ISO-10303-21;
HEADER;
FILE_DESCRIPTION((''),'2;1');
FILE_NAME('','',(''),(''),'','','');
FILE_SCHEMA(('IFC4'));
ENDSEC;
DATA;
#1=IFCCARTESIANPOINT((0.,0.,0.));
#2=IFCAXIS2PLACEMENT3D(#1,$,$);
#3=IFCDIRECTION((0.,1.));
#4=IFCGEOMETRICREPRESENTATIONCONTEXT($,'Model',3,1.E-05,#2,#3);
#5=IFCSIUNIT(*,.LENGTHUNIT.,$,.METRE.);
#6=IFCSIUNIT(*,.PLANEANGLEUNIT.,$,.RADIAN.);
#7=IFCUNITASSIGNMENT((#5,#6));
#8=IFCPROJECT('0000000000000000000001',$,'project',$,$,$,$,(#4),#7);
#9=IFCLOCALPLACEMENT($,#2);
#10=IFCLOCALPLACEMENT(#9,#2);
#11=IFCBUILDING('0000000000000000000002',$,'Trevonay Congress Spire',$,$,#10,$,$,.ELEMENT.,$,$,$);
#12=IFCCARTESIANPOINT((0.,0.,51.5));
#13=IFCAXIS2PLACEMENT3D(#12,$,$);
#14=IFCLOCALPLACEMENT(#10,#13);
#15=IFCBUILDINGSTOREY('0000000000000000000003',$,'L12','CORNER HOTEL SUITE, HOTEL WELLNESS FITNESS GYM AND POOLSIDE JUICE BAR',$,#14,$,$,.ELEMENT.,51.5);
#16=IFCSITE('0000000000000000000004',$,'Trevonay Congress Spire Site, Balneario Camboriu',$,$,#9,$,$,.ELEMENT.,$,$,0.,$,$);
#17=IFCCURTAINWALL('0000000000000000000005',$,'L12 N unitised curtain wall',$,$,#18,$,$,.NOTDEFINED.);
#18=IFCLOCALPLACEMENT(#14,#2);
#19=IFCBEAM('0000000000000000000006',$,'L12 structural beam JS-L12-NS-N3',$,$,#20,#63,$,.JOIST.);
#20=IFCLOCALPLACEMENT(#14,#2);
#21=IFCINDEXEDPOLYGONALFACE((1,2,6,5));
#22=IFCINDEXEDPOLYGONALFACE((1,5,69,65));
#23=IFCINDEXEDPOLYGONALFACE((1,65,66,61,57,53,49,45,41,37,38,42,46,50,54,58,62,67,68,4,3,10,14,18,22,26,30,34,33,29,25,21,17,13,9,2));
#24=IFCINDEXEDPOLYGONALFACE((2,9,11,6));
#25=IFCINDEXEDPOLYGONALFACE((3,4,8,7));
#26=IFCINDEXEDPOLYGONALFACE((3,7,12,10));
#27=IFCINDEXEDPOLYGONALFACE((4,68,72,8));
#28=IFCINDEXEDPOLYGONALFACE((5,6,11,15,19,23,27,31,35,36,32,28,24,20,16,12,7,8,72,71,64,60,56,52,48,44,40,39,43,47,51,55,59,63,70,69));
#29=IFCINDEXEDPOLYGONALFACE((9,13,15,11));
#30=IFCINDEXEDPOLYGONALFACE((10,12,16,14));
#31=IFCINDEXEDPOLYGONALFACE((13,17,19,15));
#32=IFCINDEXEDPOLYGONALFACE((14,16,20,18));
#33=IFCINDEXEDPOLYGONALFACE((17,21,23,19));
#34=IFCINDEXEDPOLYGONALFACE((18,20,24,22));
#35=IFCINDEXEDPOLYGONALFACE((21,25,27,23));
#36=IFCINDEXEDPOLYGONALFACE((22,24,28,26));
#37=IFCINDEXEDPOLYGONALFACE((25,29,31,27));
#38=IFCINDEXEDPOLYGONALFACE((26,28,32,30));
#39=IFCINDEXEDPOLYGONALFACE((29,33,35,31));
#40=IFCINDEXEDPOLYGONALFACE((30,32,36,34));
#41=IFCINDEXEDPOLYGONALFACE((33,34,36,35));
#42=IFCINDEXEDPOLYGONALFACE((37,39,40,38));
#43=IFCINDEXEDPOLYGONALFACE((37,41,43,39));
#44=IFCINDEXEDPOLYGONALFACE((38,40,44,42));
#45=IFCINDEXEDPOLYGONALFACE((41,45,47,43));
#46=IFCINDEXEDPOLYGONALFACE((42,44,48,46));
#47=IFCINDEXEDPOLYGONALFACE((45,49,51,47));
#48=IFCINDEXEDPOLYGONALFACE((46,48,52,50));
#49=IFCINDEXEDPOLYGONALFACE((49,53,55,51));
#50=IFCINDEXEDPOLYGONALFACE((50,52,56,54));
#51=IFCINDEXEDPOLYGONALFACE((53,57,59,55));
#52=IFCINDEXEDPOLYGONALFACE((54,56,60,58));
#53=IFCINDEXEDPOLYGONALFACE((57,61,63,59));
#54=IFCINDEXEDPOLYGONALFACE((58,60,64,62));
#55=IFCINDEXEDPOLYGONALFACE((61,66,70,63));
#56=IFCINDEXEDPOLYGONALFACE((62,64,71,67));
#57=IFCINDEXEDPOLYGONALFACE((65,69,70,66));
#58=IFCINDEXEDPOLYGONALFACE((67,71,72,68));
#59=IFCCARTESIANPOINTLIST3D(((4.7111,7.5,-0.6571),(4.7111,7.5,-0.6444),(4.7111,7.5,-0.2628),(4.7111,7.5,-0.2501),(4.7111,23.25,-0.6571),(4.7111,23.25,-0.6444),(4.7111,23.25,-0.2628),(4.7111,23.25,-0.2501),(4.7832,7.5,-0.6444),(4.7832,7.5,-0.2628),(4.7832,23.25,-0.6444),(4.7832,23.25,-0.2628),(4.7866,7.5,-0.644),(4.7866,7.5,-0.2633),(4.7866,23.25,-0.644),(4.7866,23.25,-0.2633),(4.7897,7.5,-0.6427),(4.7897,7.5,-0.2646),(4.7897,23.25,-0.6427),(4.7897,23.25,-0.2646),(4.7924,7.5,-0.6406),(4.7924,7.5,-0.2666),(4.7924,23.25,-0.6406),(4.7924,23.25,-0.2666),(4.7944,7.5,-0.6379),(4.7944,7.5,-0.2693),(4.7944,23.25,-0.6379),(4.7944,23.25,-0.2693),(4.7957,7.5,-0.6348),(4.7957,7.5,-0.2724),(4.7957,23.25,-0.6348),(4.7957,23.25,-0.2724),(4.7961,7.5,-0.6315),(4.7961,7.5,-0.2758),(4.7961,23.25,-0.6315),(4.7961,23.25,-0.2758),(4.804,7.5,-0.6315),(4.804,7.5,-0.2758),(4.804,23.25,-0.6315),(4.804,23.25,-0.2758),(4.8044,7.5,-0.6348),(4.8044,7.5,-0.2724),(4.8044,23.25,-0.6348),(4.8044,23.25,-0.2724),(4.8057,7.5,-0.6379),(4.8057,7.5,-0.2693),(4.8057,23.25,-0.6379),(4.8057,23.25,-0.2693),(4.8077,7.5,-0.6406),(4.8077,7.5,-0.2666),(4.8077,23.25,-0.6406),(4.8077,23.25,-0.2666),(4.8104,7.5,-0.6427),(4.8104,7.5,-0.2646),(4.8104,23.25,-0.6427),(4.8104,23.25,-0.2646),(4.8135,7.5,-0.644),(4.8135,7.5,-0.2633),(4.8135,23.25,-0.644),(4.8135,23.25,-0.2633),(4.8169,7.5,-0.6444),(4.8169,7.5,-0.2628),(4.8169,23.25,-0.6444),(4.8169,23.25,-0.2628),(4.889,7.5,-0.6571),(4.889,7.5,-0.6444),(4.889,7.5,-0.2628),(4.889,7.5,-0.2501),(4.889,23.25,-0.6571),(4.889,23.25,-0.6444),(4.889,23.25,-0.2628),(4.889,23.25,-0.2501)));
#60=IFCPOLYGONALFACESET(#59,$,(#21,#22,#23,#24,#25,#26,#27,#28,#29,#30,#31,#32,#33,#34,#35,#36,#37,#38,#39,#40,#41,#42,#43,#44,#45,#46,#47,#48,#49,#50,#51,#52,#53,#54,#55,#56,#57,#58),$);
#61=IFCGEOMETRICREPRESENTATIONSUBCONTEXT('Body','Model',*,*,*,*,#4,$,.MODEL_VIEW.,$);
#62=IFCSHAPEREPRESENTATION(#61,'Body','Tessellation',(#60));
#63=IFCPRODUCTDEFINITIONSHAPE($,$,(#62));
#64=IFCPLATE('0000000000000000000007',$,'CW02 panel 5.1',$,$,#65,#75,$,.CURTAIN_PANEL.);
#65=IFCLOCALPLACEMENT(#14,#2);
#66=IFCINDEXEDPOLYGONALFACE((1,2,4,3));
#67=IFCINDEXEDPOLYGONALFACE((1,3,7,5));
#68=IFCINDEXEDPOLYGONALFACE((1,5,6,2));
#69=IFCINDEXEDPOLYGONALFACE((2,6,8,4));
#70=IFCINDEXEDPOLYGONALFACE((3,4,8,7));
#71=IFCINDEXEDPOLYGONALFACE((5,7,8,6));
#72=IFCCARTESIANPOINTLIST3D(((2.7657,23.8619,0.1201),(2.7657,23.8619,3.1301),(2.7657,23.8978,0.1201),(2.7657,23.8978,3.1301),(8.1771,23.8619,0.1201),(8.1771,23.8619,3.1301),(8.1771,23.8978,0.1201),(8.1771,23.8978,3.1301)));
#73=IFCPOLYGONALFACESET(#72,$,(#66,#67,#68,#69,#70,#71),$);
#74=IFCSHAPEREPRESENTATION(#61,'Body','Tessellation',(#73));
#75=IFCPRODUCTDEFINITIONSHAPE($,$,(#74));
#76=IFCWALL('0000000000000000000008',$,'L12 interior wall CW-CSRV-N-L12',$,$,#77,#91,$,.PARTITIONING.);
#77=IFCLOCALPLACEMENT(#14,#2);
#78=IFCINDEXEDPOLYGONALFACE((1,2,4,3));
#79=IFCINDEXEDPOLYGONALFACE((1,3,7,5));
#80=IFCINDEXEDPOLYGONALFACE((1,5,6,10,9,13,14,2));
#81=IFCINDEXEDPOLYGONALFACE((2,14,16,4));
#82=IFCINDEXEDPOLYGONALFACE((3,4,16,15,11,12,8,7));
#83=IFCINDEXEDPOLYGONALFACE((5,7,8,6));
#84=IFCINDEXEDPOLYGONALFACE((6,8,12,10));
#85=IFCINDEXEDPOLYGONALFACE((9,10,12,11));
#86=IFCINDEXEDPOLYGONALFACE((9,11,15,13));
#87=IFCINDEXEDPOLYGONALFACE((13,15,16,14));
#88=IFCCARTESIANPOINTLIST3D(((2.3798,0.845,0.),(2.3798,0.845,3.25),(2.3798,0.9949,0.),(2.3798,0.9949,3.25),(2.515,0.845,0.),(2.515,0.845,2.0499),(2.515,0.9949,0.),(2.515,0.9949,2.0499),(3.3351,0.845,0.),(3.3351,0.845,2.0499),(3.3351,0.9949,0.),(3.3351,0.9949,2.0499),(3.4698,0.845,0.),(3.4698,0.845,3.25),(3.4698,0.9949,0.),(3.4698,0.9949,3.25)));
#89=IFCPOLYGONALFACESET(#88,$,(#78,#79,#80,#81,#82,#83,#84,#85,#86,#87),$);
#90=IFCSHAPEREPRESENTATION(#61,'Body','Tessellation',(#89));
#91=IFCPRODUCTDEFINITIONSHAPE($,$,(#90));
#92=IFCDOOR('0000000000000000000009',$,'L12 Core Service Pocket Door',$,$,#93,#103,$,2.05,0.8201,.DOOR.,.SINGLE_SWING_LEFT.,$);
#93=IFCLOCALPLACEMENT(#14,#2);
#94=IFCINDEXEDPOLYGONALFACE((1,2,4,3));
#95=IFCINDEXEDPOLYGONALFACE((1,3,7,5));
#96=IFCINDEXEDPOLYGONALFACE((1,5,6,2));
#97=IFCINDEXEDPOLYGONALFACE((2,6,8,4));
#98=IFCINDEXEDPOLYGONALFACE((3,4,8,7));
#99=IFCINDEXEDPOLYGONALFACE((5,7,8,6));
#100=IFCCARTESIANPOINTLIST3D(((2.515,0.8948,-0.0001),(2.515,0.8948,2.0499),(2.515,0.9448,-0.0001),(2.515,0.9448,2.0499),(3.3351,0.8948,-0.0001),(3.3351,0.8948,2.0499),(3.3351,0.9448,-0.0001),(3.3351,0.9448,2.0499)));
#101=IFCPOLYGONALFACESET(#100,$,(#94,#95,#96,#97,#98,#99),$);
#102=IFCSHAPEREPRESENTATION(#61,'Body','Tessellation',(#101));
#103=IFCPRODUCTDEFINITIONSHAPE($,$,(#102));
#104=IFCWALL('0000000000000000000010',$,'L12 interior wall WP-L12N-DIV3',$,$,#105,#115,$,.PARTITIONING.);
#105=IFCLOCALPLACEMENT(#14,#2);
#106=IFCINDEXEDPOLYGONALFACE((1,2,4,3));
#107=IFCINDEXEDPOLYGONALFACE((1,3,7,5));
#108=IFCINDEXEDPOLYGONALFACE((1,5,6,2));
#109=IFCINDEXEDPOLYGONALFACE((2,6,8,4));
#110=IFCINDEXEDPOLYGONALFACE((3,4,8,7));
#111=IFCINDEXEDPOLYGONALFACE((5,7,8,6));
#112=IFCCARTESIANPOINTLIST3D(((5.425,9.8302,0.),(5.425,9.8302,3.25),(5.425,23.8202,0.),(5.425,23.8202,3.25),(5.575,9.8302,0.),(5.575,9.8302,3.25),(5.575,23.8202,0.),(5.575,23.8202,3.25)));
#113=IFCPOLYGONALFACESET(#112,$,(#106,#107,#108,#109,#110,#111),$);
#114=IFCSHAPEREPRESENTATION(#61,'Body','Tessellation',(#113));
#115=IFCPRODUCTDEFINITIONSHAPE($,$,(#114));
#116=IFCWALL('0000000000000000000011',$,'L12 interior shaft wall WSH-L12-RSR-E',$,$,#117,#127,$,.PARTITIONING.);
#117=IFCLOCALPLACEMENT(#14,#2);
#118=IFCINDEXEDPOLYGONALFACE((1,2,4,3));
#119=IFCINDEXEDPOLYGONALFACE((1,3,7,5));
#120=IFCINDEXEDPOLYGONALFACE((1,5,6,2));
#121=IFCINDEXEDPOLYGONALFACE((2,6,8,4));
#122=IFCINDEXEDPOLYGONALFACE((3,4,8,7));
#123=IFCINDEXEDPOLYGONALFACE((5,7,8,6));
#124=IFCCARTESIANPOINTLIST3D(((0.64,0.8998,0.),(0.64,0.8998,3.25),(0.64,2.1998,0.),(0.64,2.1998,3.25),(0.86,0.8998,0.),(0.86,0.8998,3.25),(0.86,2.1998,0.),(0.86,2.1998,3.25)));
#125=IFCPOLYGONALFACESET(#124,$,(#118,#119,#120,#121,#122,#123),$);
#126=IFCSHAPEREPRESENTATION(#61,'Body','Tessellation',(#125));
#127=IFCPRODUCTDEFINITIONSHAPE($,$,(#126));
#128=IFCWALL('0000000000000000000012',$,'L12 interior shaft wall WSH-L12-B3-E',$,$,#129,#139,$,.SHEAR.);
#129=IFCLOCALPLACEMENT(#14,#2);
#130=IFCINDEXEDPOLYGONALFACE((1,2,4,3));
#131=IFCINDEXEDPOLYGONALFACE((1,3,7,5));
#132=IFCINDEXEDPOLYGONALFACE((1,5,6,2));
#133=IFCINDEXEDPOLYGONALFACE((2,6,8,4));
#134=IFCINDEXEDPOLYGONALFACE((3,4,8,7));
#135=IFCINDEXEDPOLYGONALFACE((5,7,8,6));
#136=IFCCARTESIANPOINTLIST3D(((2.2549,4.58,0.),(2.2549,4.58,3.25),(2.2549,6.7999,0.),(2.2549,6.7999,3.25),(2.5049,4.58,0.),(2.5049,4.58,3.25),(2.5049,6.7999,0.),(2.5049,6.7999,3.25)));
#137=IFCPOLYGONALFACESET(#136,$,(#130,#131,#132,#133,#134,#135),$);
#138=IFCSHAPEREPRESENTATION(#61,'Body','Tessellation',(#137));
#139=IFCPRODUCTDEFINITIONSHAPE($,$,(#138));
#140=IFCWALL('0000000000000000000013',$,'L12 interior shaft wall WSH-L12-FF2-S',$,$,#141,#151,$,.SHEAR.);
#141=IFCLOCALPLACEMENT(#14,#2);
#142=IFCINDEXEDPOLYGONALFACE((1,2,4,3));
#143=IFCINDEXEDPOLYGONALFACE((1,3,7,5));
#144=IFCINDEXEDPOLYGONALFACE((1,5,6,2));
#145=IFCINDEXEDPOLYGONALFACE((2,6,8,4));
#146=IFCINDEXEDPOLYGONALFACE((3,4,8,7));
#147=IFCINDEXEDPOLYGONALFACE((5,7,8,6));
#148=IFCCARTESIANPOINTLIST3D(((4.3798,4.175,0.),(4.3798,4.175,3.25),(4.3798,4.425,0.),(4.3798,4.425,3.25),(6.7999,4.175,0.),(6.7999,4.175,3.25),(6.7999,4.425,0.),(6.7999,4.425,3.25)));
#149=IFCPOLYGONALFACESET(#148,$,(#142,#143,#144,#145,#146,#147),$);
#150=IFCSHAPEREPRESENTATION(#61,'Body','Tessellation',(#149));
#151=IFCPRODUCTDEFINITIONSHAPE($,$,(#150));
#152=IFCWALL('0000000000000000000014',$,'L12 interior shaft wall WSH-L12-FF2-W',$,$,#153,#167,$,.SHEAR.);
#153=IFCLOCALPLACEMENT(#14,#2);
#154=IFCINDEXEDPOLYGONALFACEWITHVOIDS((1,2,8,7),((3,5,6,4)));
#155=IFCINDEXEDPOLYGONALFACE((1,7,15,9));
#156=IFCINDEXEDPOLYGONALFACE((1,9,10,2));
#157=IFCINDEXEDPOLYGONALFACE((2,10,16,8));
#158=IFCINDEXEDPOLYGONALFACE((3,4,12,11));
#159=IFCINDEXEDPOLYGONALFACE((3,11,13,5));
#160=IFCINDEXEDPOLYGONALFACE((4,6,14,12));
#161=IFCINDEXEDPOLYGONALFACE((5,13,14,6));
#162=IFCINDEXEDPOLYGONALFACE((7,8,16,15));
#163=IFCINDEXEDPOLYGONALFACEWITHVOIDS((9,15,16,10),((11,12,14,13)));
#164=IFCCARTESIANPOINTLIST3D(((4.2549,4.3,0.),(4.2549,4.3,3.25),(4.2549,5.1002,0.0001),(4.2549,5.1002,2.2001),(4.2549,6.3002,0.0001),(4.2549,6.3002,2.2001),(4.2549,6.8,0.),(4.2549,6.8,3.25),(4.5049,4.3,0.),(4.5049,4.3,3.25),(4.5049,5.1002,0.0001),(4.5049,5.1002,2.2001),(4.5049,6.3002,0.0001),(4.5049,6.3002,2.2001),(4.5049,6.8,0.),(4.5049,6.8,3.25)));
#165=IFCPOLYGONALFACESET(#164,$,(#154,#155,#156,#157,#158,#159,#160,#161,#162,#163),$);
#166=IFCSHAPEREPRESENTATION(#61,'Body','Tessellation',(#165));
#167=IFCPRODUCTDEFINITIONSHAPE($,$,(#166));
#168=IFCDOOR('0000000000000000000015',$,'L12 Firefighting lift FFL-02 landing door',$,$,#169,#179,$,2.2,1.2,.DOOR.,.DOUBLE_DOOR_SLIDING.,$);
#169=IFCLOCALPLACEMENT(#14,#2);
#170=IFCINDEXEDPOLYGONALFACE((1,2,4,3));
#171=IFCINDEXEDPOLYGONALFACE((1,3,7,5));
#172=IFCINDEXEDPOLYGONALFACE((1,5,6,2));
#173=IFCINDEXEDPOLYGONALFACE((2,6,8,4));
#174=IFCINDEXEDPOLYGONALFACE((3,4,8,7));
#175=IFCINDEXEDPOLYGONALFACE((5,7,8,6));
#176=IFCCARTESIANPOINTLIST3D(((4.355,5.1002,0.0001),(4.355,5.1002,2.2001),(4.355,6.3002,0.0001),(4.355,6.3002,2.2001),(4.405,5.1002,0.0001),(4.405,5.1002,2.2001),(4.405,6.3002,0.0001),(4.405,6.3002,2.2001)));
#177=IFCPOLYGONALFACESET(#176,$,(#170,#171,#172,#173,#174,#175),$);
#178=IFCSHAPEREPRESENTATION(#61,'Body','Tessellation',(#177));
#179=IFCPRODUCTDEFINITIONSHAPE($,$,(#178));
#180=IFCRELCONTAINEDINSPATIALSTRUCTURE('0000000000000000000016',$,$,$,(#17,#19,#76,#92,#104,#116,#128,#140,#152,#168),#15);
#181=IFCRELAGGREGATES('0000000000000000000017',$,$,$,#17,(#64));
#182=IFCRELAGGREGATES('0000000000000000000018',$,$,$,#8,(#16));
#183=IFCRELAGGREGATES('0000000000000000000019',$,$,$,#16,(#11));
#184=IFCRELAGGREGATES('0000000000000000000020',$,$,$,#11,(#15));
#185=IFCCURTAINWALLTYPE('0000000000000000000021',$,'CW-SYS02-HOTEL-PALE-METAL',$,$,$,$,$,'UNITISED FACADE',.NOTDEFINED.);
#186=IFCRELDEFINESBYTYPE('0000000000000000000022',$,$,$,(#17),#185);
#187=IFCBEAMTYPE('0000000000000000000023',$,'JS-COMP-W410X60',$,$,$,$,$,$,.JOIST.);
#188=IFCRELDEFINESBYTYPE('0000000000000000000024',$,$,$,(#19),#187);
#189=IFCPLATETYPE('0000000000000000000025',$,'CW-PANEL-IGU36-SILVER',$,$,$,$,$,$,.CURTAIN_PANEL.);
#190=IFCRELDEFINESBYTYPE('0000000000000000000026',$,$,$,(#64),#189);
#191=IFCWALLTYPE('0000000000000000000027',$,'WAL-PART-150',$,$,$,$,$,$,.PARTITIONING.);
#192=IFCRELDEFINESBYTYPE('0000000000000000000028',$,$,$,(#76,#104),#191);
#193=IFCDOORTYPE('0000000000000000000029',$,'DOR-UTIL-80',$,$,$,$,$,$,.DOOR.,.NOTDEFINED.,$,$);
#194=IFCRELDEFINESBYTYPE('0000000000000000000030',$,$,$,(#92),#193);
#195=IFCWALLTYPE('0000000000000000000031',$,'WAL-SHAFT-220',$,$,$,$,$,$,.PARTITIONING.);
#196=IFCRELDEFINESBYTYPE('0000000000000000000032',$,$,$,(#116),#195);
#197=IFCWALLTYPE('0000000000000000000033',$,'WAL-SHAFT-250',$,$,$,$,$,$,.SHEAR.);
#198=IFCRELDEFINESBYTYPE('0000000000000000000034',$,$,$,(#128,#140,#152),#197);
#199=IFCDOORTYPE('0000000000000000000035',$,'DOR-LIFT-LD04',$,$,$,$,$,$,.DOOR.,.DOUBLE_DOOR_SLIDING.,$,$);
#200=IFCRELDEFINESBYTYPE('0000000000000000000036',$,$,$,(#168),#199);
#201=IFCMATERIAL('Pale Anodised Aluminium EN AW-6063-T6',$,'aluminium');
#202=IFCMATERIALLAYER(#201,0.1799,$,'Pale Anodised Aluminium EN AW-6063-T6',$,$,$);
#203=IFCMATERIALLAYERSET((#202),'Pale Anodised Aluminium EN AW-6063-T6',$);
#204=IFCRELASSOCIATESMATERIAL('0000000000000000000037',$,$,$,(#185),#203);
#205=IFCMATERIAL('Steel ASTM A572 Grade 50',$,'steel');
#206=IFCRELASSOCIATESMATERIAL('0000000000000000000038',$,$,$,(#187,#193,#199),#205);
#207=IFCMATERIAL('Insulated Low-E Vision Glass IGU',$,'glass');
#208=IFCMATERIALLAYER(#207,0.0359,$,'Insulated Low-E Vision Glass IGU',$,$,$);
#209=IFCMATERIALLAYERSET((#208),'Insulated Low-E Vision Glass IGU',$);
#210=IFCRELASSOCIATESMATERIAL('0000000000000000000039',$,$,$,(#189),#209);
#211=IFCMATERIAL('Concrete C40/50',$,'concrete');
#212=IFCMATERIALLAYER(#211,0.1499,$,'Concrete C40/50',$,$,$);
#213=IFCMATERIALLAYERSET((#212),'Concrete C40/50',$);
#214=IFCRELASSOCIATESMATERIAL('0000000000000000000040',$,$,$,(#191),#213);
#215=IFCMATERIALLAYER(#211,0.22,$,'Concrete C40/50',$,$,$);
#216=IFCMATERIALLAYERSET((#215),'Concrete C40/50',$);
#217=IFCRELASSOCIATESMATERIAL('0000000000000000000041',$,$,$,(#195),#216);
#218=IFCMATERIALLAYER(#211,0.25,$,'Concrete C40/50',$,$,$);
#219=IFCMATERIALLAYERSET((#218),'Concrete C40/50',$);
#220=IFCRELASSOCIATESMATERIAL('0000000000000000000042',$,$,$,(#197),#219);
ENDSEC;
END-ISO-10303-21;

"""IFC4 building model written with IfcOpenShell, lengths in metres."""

from ifc_helpers import new_model, si_unit, direction, frame, frame_2d, origin, origin_2d, place, context, subcontext, project, spatial, rectangle, i_section, extrude, material, layer, layer_set, material_profile, profile_set, type_object, element, fill, aggregate, save


model = new_model("IFC4")

# Units and contexts
model_context = context("Model", 3, precision=1e-05, world=origin(), true_north=direction((0.0, 1.0)))
body_context = subcontext(model_context, "Body", "Model", "MODEL_VIEW")
ifc_project = project(units=[si_unit("LENGTHUNIT", "METRE"), si_unit("PLANEANGLEUNIT", "RADIAN")], contexts=[model_context])

# Site, building, storey
site_placement = place(None, origin())
site = spatial("IfcSite", under=ifc_project, at=site_placement, Name="Trevonay Congress Spire Site, Balneario Camboriu", CompositionType="ELEMENT", RefElevation=0.0)
building_placement = place(site_placement, origin())
building = spatial("IfcBuilding", under=site, at=building_placement, Name="Trevonay Congress Spire", CompositionType="ELEMENT")
storey_placement = place(building_placement, frame((0.0, 0.0, 51.5)))
storey = spatial("IfcBuildingStorey", under=building, at=storey_placement, Name="L12", Description="CORNER HOTEL SUITE, HOTEL WELLNESS FITNESS GYM AND POOLSIDE JUICE BAR", CompositionType="ELEMENT", Elevation=51.5)

# Shared definitions
ifc_material_1 = material(Name="Steel ASTM A572 Grade 50", Category="steel")

# Curtain wall
ifc_material_2 = material(Name="Pale Anodised Aluminium EN AW-6063-T6", Category="aluminium")
ifc_layer_1 = layer(ifc_material_2, 0.1799, Name="Pale Anodised Aluminium EN AW-6063-T6")
ifc_layer_set_1 = layer_set([ifc_layer_1], Name="Pale Anodised Aluminium EN AW-6063-T6")
curtain_wall_type = type_object("IfcCurtainWallType", Name="CW-SYS02-HOTEL-PALE-METAL", ElementType="UNITISED FACADE", PredefinedType="NOTDEFINED", material=ifc_layer_set_1)
curtain_wall_placement = place(storey_placement, origin())
curtain_wall = element("IfcCurtainWall", 1, at=curtain_wall_placement, inside=storey, type_object=curtain_wall_type, Name="L12 N unitised curtain wall", PredefinedType="NOTDEFINED")

# Beam
ifc_material_profile_1 = material_profile(ifc_material_1, i_section(OverallWidth=0.178, OverallDepth=0.407, WebThickness=0.0078, FlangeThickness=0.0127, FilletRadius=0.0129, at=origin_2d()), Name="W410x60")
ifc_profile_set_1 = profile_set([ifc_material_profile_1], Name="Steel ASTM A572 Grade 50")
beam_type_1 = type_object("IfcBeamType", Name="JS-COMP-W410X60", PredefinedType="JOIST", material=ifc_profile_set_1)
for number, where, z_axis, x_axis, name in (
    (2, (4.8, 7.5, -0.4536), (0.0, 1.0, 0.0), (-1.0, 0.0, 0.0), "L12 structural beam JS-L12-NS-N3"),
):
    element("IfcBeam", number, at=place(storey_placement, frame(where, z_axis=z_axis, x_axis=x_axis)), inside=storey, type_object=beam_type_1, Name=name, PredefinedType="JOIST", context=body_context, shape_type="SweptSolid", body=[
        extrude(i_section(OverallWidth=0.178, OverallDepth=0.407, WebThickness=0.0078, FlangeThickness=0.0127, FilletRadius=0.0129, at=origin_2d()), origin(), (0.0, 0.0, 1.0), 15.75),
    ])

# Plate
ifc_material_3 = material(Name="Insulated Low-E Vision Glass IGU", Category="glass")
ifc_layer_2 = layer(ifc_material_3, 0.0359, Name="Insulated Low-E Vision Glass IGU")
ifc_layer_set_2 = layer_set([ifc_layer_2], Name="Insulated Low-E Vision Glass IGU")
plate_type = type_object("IfcPlateType", Name="CW-PANEL-IGU36-SILVER", PredefinedType="CURTAIN_PANEL", material=ifc_layer_set_2)
plate_placement = place(storey_placement, frame((5.4714, 23.8799, 0.1201), z_axis=(0.0, 0.0, 1.0), x_axis=(1.0, 0.0, 0.0)))
plate = element("IfcPlate", 3, at=plate_placement, type_object=plate_type, Name="CW02 panel 5.1", PredefinedType="CURTAIN_PANEL", context=body_context, shape_type="SweptSolid", body=[
    extrude(rectangle(XDim=5.4114, YDim=0.0359, at=origin_2d()), origin(), (0.0, 0.0, 1.0), 3.01),
])
aggregate(curtain_wall, [plate])

# Wall, opening, door
ifc_material_4 = material(Name="Concrete C40/50", Category="concrete")
ifc_layer_3 = layer(ifc_material_4, 0.1499, Name="Concrete C40/50")
ifc_layer_set_3 = layer_set([ifc_layer_3], Name="Concrete C40/50")
wall_type_1 = type_object("IfcWallType", Name="WAL-PART-150", PredefinedType="PARTITIONING", material=ifc_layer_set_3)
wall_1_placement = place(storey_placement, frame((2.3799, 0.9199, 0.0), z_axis=(0.0, 0.0, 1.0), x_axis=(1.0, 0.0, 0.0)))
wall_1 = element("IfcWall", 4, at=wall_1_placement, inside=storey, type_object=wall_type_1, Name="L12 interior wall CW-CSRV-N-L12", PredefinedType="PARTITIONING", context=body_context, shape_type="SweptSolid", body=[
    extrude(rectangle(XDim=1.0901, YDim=0.1499, at=frame_2d((0.5449, 0.0))), origin(), (0.0, 0.0, 1.0), 3.25),
])
opening_1_placement = place(wall_1_placement, frame((0.135, 0.0, 0.0)))
opening_1 = element("IfcOpeningElement", 5, at=opening_1_placement, cuts=wall_1, PredefinedType="OPENING", context=body_context, shape_type="SweptSolid", body=[
    extrude(rectangle(XDim=0.8201, YDim=2.05, at=frame_2d((0.4102, 1.0249))), frame((0.0, 0.085, 0.0), z_axis=(0.0, -1.0, 0.0), x_axis=(1.0, 0.0, 0.0)), (0.0, 0.0, 1.0), 0.1699),
])
door_type_1 = type_object("IfcDoorType", Name="DOR-UTIL-80", OperationType="NOTDEFINED", PredefinedType="DOOR", material=ifc_material_1)
door_1_placement = place(opening_1_placement, origin())
door_1 = element("IfcDoor", 6, at=door_1_placement, inside=storey, type_object=door_type_1, Name="L12 Core Service Pocket Door", OperationType="SINGLE_SWING_LEFT", OverallHeight=2.05, OverallWidth=0.8201, PredefinedType="DOOR", context=body_context, shape_type="SweptSolid", body=[
    extrude(rectangle(XDim=0.8201, YDim=2.05, at=frame_2d((0.4102, 1.0249))), frame((0.0, 0.0249, 0.0), z_axis=(0.0, -1.0, 0.0), x_axis=(1.0, 0.0, 0.0)), (0.0, 0.0, 1.0), 0.05),
])
fill(opening_1, door_1)

# Walls
wall_2_placement = place(storey_placement, frame((5.5, 9.8301, 0.0), z_axis=(0.0, 0.0, 1.0), x_axis=(0.0, 1.0, 0.0)))
element("IfcWall", 7, at=wall_2_placement, inside=storey, type_object=wall_type_1, Name="L12 interior wall WP-L12N-DIV3", PredefinedType="PARTITIONING", context=body_context, shape_type="SweptSolid", body=[
    extrude(rectangle(XDim=13.99, YDim=0.1499, at=frame_2d((6.9951, 0.0))), origin(), (0.0, 0.0, 1.0), 3.25),
])
ifc_layer_4 = layer(ifc_material_4, 0.22, Name="Concrete C40/50")
ifc_layer_set_4 = layer_set([ifc_layer_4], Name="Concrete C40/50")
wall_type_2 = type_object("IfcWallType", Name="WAL-SHAFT-220", PredefinedType="PARTITIONING", material=ifc_layer_set_4)
wall_3_placement = place(storey_placement, frame((0.75, 0.8999, 0.0), z_axis=(0.0, 0.0, 1.0), x_axis=(0.0, 1.0, 0.0)))
element("IfcWall", 8, at=wall_3_placement, inside=storey, type_object=wall_type_2, Name="L12 interior shaft wall WSH-L12-RSR-E", PredefinedType="PARTITIONING", context=body_context, shape_type="SweptSolid", body=[
    extrude(rectangle(XDim=1.3, YDim=0.22, at=frame_2d((0.6499, 0.0))), origin(), (0.0, 0.0, 1.0), 3.25),
])
ifc_layer_5 = layer(ifc_material_4, 0.25, Name="Concrete C40/50")
ifc_layer_set_5 = layer_set([ifc_layer_5], Name="Concrete C40/50")
wall_type_3 = type_object("IfcWallType", Name="WAL-SHAFT-250", PredefinedType="SHEAR", material=ifc_layer_set_5)
wall_4_placement = place(storey_placement, frame((2.3799, 4.5801, 0.0), z_axis=(0.0, 0.0, 1.0), x_axis=(0.0, 1.0, 0.0)))
element("IfcWall", 9, at=wall_4_placement, inside=storey, type_object=wall_type_3, Name="L12 interior shaft wall WSH-L12-B3-E", PredefinedType="SHEAR", context=body_context, shape_type="SweptSolid", body=[
    extrude(rectangle(XDim=2.22, YDim=0.25, at=frame_2d((1.1099, 0.0))), origin(), (0.0, 0.0, 1.0), 3.25),
])
wall_5_placement = place(storey_placement, frame((4.3799, 4.3, 0.0), z_axis=(0.0, 0.0, 1.0), x_axis=(1.0, 0.0, 0.0)))
element("IfcWall", 10, at=wall_5_placement, inside=storey, type_object=wall_type_3, Name="L12 interior shaft wall WSH-L12-FF2-S", PredefinedType="SHEAR", context=body_context, shape_type="SweptSolid", body=[
    extrude(rectangle(XDim=2.4202, YDim=0.25, at=frame_2d((1.21, 0.0))), origin(), (0.0, 0.0, 1.0), 3.25),
])

# Wall, opening, door
wall_6_placement = place(storey_placement, frame((4.3799, 4.3, 0.0), z_axis=(0.0, 0.0, 1.0), x_axis=(0.0, 1.0, 0.0)))
wall_6 = element("IfcWall", 11, at=wall_6_placement, inside=storey, type_object=wall_type_3, Name="L12 interior shaft wall WSH-L12-FF2-W", PredefinedType="SHEAR", context=body_context, shape_type="SweptSolid", body=[
    extrude(rectangle(XDim=2.5, YDim=0.25, at=frame_2d((1.25, 0.0))), origin(), (0.0, 0.0, 1.0), 3.25),
])
opening_2_placement = place(wall_6_placement, frame((0.8, 0.0, 0.0)))
opening_2 = element("IfcOpeningElement", 12, at=opening_2_placement, cuts=wall_6, PredefinedType="OPENING", context=body_context, shape_type="SweptSolid", body=[
    extrude(rectangle(XDim=1.2, YDim=2.2, at=frame_2d((0.6001, 1.1001))), frame((0.0, 0.135, 0.0), z_axis=(0.0, -1.0, 0.0), x_axis=(1.0, 0.0, 0.0)), (0.0, 0.0, 1.0), 0.27),
])
door_type_2 = type_object("IfcDoorType", Name="DOR-LIFT-LD04", OperationType="DOUBLE_DOOR_SLIDING", PredefinedType="DOOR", material=ifc_material_1)
door_2_placement = place(opening_2_placement, origin())
door_2 = element("IfcDoor", 13, at=door_2_placement, inside=storey, type_object=door_type_2, Name="L12 Firefighting lift FFL-02 landing door", OperationType="DOUBLE_DOOR_SLIDING", OverallHeight=2.2, OverallWidth=1.2, PredefinedType="DOOR", context=body_context, shape_type="SweptSolid", body=[
    extrude(rectangle(XDim=1.2, YDim=2.2, at=frame_2d((0.6001, 1.1001))), frame((0.0, 0.0249, 0.0), z_axis=(0.0, -1.0, 0.0), x_axis=(1.0, 0.0, 0.0)), (0.0, 0.0, 1.0), 0.05),
])
fill(opening_2, door_2)

save(model, "model.ifc")
